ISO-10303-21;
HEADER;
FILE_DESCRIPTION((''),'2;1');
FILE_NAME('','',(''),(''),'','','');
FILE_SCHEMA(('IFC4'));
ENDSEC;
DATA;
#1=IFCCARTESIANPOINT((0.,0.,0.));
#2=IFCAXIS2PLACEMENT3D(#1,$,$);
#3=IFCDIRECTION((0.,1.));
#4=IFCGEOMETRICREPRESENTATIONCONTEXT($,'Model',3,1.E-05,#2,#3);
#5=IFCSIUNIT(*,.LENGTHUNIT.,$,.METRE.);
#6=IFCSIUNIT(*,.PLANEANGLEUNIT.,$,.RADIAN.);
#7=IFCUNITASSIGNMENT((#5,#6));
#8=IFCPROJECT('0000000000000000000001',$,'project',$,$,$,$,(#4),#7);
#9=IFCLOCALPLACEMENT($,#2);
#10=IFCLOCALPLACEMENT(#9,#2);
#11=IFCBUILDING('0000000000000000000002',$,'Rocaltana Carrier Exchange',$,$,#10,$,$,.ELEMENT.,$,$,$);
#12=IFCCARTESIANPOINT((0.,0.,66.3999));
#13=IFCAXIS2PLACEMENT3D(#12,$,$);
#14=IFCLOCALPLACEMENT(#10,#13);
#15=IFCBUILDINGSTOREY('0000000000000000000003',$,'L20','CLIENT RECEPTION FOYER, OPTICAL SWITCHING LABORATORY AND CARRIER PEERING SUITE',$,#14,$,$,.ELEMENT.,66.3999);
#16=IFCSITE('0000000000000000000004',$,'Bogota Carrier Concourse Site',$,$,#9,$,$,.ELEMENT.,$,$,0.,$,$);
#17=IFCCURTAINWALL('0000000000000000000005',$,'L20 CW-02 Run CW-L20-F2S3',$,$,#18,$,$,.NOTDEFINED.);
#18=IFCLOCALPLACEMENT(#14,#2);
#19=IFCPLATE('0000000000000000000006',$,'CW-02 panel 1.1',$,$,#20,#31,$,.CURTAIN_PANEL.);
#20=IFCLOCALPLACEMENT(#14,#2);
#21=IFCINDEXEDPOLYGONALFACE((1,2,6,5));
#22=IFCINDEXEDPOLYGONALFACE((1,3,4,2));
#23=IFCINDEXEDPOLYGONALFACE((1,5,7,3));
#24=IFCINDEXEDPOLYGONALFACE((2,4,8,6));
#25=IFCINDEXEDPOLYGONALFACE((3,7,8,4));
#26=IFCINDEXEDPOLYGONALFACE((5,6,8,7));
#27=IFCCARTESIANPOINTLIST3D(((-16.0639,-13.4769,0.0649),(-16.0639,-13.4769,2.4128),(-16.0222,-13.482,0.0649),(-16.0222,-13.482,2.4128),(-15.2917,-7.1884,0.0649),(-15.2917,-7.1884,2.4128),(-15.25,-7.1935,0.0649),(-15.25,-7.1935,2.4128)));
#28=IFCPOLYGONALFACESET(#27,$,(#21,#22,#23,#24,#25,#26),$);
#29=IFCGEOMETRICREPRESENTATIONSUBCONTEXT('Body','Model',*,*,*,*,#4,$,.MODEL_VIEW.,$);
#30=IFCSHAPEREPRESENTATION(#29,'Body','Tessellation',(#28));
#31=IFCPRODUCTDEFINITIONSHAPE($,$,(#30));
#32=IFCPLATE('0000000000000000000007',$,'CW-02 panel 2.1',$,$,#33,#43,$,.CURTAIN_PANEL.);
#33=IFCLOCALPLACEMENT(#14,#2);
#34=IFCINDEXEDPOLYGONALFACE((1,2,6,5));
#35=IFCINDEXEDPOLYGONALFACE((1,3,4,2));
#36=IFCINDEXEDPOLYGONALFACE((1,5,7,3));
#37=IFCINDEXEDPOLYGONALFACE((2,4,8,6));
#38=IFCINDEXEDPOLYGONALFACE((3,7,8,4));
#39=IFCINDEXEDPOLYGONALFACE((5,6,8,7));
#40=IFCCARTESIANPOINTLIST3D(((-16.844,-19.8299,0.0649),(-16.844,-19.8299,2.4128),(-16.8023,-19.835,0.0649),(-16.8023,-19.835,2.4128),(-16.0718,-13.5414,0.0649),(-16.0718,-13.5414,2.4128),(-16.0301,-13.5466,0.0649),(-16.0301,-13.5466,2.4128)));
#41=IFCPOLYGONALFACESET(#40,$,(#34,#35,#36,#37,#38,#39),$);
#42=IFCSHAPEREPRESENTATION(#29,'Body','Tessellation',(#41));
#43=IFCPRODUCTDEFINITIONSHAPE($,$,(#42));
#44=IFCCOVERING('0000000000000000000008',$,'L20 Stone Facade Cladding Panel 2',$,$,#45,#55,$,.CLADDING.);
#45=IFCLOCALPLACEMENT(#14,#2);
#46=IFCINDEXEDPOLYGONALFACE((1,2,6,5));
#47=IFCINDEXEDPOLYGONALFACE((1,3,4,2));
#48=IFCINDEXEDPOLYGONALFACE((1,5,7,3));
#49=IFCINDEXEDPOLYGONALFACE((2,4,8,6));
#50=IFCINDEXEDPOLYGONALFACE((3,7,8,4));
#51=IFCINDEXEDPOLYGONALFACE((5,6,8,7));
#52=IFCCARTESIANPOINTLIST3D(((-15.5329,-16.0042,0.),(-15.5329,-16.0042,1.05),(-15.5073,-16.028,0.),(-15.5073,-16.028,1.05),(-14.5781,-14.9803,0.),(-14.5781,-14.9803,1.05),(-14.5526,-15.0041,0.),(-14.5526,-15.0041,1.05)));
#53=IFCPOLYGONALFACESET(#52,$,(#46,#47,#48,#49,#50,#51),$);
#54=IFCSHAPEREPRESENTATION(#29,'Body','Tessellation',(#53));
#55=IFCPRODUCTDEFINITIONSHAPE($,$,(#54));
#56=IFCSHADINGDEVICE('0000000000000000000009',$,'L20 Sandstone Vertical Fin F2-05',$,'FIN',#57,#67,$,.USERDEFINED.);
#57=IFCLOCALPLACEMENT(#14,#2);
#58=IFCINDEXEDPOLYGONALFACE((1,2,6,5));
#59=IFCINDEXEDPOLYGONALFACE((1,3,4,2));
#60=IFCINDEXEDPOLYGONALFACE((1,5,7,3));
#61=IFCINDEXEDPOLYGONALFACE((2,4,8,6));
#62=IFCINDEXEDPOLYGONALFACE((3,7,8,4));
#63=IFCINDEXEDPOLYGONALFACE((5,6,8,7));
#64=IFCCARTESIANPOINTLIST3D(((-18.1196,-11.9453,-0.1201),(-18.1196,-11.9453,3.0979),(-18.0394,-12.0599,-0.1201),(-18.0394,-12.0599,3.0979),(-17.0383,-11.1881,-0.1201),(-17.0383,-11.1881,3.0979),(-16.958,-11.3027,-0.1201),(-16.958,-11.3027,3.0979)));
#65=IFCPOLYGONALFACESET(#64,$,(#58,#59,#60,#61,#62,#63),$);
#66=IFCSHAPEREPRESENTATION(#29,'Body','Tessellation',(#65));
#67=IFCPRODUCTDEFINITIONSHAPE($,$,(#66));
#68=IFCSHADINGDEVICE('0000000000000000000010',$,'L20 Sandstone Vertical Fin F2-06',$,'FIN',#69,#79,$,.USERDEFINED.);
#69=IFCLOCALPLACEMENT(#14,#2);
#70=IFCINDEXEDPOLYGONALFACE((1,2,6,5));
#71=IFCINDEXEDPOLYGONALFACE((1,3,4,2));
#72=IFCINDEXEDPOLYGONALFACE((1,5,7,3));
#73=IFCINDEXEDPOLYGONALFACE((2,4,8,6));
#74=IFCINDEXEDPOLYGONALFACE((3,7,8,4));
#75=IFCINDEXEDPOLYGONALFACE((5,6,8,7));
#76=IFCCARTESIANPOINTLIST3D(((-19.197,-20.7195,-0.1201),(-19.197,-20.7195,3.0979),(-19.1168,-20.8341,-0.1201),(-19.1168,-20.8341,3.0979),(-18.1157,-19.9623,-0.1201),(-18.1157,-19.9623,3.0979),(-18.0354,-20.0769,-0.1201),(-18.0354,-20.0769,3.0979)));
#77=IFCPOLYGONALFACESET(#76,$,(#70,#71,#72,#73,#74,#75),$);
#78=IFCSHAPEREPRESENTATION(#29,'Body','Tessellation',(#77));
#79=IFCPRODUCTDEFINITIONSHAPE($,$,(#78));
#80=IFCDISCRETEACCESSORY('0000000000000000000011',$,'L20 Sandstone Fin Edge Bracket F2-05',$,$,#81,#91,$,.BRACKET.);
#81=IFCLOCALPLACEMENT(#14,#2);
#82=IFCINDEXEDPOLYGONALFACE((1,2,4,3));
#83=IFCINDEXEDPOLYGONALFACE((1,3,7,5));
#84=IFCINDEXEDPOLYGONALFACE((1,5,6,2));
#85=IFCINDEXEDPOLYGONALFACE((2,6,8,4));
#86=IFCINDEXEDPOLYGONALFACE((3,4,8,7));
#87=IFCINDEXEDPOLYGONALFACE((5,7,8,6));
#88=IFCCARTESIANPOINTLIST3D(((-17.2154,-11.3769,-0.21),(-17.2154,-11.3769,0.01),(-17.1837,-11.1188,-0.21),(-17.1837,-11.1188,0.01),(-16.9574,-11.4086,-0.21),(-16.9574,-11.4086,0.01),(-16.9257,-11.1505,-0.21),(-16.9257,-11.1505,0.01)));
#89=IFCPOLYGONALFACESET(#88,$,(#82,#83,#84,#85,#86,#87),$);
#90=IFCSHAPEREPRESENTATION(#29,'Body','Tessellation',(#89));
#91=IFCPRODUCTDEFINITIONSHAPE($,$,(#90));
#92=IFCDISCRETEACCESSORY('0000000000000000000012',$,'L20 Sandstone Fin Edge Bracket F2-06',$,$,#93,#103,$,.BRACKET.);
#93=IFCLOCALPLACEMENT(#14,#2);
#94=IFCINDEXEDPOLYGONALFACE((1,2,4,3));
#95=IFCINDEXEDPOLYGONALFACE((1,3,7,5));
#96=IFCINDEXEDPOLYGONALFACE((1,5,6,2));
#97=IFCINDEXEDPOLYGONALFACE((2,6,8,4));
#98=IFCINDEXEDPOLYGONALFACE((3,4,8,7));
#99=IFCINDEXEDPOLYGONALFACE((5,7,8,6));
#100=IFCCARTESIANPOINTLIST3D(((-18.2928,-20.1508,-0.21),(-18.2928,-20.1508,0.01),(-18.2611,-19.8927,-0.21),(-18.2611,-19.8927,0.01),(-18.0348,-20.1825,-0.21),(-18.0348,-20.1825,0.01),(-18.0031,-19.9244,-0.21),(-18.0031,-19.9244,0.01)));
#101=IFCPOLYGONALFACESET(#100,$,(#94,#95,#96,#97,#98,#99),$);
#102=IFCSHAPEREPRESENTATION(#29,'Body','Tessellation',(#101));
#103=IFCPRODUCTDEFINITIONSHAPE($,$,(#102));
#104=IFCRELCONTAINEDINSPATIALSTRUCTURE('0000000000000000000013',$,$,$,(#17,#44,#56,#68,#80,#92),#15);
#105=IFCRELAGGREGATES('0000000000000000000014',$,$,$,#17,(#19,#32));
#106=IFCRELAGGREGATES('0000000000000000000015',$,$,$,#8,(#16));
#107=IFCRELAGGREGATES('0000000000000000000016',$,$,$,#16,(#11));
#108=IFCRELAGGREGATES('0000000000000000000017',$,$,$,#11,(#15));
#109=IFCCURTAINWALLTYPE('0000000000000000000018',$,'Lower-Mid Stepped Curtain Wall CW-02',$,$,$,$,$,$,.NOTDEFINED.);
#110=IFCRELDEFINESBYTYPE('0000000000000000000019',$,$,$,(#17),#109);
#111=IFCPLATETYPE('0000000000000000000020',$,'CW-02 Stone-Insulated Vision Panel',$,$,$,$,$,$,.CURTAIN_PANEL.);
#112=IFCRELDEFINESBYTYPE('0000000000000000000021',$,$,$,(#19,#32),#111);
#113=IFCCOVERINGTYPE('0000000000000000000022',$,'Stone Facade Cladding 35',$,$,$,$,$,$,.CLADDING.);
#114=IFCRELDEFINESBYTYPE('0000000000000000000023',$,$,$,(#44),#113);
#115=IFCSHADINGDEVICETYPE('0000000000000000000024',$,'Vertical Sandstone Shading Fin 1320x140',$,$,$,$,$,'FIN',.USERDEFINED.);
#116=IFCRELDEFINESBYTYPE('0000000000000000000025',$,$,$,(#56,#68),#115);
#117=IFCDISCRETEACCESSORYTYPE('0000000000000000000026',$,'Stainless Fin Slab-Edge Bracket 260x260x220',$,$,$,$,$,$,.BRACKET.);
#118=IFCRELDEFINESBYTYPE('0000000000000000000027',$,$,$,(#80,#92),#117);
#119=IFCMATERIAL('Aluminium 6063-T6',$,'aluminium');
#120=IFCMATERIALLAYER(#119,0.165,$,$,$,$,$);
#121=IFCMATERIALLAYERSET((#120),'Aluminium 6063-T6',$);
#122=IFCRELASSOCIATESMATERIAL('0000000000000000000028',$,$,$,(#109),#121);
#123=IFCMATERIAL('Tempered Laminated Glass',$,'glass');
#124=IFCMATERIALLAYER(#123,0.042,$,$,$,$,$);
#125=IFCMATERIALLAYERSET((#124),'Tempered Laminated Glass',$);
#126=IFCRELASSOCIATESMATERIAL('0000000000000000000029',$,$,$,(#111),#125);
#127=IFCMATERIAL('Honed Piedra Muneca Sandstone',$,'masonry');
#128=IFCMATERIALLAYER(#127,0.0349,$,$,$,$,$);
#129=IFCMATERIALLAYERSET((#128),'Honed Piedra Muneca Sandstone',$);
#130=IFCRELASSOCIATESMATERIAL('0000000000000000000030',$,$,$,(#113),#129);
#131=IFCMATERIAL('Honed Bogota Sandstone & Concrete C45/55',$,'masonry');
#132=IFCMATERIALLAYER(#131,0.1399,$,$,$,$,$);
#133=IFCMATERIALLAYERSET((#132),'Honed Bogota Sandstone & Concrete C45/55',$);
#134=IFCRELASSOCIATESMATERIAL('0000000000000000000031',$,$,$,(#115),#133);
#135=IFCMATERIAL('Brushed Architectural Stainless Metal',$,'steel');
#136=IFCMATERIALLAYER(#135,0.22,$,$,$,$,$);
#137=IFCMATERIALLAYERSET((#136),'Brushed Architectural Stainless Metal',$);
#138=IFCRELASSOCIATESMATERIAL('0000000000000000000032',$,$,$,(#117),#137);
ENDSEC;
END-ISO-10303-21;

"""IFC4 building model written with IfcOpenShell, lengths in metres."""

from ifc_helpers import new_model, si_unit, direction, frame, origin, origin_2d, place, context, subcontext, project, spatial, rectangle, extrude, material, layer, layer_set, type_object, element, aggregate, save


model = new_model("IFC4")

# Units and contexts
model_context = context("Model", 3, precision=1e-05, world=origin(), true_north=direction((0.0, 1.0)))
body_context = subcontext(model_context, "Body", "Model", "MODEL_VIEW")
ifc_project = project(units=[si_unit("LENGTHUNIT", "METRE"), si_unit("PLANEANGLEUNIT", "RADIAN")], contexts=[model_context])

# Site, building, storey
site_placement = place(None, origin())
site = spatial("IfcSite", under=ifc_project, at=site_placement, Name="Bogota Carrier Concourse Site", CompositionType="ELEMENT", RefElevation=0.0)
building_placement = place(site_placement, origin())
building = spatial("IfcBuilding", under=site, at=building_placement, Name="Rocaltana Carrier Exchange", CompositionType="ELEMENT")
storey_placement = place(building_placement, frame((0.0, 0.0, 66.3999)))
storey = spatial("IfcBuildingStorey", under=building, at=storey_placement, Name="L20", Description="CLIENT RECEPTION FOYER, OPTICAL SWITCHING LABORATORY AND CARRIER PEERING SUITE", CompositionType="ELEMENT", Elevation=66.3999)

# Curtain wall
ifc_material_1 = material(Name="Aluminium 6063-T6", Category="aluminium")
ifc_layer_1 = layer(ifc_material_1, 0.165)
ifc_layer_set_1 = layer_set([ifc_layer_1], Name="Aluminium 6063-T6")
curtain_wall_type = type_object("IfcCurtainWallType", Name="Lower-Mid Stepped Curtain Wall CW-02", PredefinedType="NOTDEFINED", material=ifc_layer_set_1)
curtain_wall_1_placement = place(storey_placement, origin())
curtain_wall_1 = element("IfcCurtainWall", 1, at=curtain_wall_1_placement, inside=storey, type_object=curtain_wall_type, Name="L20 CW-02 Run CW-L20-F2S3", PredefinedType="NOTDEFINED")

# Plates
ifc_material_2 = material(Name="Tempered Laminated Glass", Category="glass")
ifc_layer_2 = layer(ifc_material_2, 0.042)
ifc_layer_set_2 = layer_set([ifc_layer_2], Name="Tempered Laminated Glass")
plate_type = type_object("IfcPlateType", Name="CW-02 Stone-Insulated Vision Panel", PredefinedType="CURTAIN_PANEL", material=ifc_layer_set_2)
plate_1_placement = place(storey_placement, frame((-15.657, -10.3352, 0.0649), z_axis=(0.0, 0.0, 1.0), x_axis=(-0.121881, -0.992545, 0.0)))
plate_1 = element("IfcPlate", 2, at=plate_1_placement, type_object=plate_type, Name="CW-02 panel 1.1", PredefinedType="CURTAIN_PANEL", context=body_context, shape_type="SweptSolid", body=[
    extrude(rectangle(XDim=6.3357, YDim=0.042, at=origin_2d()), origin(), (0.0, 0.0, 1.0), 2.3479),
])
plate_2_placement = place(storey_placement, frame((-16.437, -16.6882, 0.0649), z_axis=(0.0, 0.0, 1.0), x_axis=(-0.121881, -0.992545, 0.0)))
plate_2 = element("IfcPlate", 3, at=plate_2_placement, type_object=plate_type, Name="CW-02 panel 2.1", PredefinedType="CURTAIN_PANEL", context=body_context, shape_type="SweptSolid", body=[
    extrude(rectangle(XDim=6.3357, YDim=0.042, at=origin_2d()), origin(), (0.0, 0.0, 1.0), 2.3479),
])
aggregate(curtain_wall_1, [plate_1, plate_2])

# Covering
ifc_material_3 = material(Name="Honed Piedra Muneca Sandstone", Category="masonry")
ifc_layer_3 = layer(ifc_material_3, 0.0349)
ifc_layer_set_3 = layer_set([ifc_layer_3], Name="Honed Piedra Muneca Sandstone")
covering_type = type_object("IfcCoveringType", Name="Stone Facade Cladding 35", PredefinedType="CLADDING", material=ifc_layer_set_3)
covering_placement = place(storey_placement, frame((-15.0427, -15.5042, 0.0), z_axis=(0.0, 0.0, 1.0), x_axis=(0.681998, 0.731354, 0.0)))
element("IfcCovering", 4, at=covering_placement, inside=storey, type_object=covering_type, Name="L20 Stone Facade Cladding Panel 2", PredefinedType="CLADDING", context=body_context, shape_type="SweptSolid", body=[
    extrude(rectangle(XDim=1.3999, YDim=0.0349, at=origin_2d()), origin(), (0.0, 0.0, 1.0), 1.05),
])

# Shading devices
ifc_material_4 = material(Name="Honed Bogota Sandstone & Concrete C45/55", Category="masonry")
ifc_layer_4 = layer(ifc_material_4, 0.1399)
ifc_layer_set_4 = layer_set([ifc_layer_4], Name="Honed Bogota Sandstone & Concrete C45/55")
shading_device_type = type_object("IfcShadingDeviceType", Name="Vertical Sandstone Shading Fin 1320x140", ElementType="FIN", PredefinedType="USERDEFINED", material=ifc_layer_set_4)
for number, where, z_axis, x_axis, name in (
    (5, (-17.5388, -11.624, -0.1201), (0.0, 0.0, 1.0), (-0.819152, -0.573576, 0.0), "L20 Sandstone Vertical Fin F2-05"),
    (6, (-18.6162, -20.3982, -0.1201), (0.0, 0.0, 1.0), (-0.819152, -0.573576, 0.0), "L20 Sandstone Vertical Fin F2-06"),
):
    element("IfcShadingDevice", number, at=place(storey_placement, frame(where, z_axis=z_axis, x_axis=x_axis)), inside=storey, type_object=shading_device_type, Name=name, ObjectType="FIN", PredefinedType="USERDEFINED", context=body_context, shape_type="SweptSolid", body=[
        extrude(rectangle(XDim=1.3201, YDim=0.1399, at=origin_2d()), origin(), (0.0, 0.0, 1.0), 3.218),
    ])

# Discrete accessories
ifc_material_5 = material(Name="Brushed Architectural Stainless Metal", Category="steel")
ifc_layer_5 = layer(ifc_material_5, 0.22)
ifc_layer_set_5 = layer_set([ifc_layer_5], Name="Brushed Architectural Stainless Metal")
discrete_accessory_type = type_object("IfcDiscreteAccessoryType", Name="Stainless Fin Slab-Edge Bracket 260x260x220", PredefinedType="BRACKET", material=ifc_layer_set_5)
for number, where, z_axis, x_axis, name in (
    (7, (-17.0706, -11.2637, -0.21), (0.0, 0.0, 1.0), (-0.121869, -0.992546, 0.0), "L20 Sandstone Fin Edge Bracket F2-05"),
    (8, (-18.1479, -20.0376, -0.21), (0.0, 0.0, 1.0), (-0.121869, -0.992546, 0.0), "L20 Sandstone Fin Edge Bracket F2-06"),
):
    element("IfcDiscreteAccessory", number, at=place(storey_placement, frame(where, z_axis=z_axis, x_axis=x_axis)), inside=storey, type_object=discrete_accessory_type, Name=name, PredefinedType="BRACKET", context=body_context, shape_type="SweptSolid", body=[
        extrude(rectangle(XDim=0.26, YDim=0.26, at=origin_2d()), origin(), (0.0, 0.0, 1.0), 0.22),
    ])

save(model, "model.ifc")
